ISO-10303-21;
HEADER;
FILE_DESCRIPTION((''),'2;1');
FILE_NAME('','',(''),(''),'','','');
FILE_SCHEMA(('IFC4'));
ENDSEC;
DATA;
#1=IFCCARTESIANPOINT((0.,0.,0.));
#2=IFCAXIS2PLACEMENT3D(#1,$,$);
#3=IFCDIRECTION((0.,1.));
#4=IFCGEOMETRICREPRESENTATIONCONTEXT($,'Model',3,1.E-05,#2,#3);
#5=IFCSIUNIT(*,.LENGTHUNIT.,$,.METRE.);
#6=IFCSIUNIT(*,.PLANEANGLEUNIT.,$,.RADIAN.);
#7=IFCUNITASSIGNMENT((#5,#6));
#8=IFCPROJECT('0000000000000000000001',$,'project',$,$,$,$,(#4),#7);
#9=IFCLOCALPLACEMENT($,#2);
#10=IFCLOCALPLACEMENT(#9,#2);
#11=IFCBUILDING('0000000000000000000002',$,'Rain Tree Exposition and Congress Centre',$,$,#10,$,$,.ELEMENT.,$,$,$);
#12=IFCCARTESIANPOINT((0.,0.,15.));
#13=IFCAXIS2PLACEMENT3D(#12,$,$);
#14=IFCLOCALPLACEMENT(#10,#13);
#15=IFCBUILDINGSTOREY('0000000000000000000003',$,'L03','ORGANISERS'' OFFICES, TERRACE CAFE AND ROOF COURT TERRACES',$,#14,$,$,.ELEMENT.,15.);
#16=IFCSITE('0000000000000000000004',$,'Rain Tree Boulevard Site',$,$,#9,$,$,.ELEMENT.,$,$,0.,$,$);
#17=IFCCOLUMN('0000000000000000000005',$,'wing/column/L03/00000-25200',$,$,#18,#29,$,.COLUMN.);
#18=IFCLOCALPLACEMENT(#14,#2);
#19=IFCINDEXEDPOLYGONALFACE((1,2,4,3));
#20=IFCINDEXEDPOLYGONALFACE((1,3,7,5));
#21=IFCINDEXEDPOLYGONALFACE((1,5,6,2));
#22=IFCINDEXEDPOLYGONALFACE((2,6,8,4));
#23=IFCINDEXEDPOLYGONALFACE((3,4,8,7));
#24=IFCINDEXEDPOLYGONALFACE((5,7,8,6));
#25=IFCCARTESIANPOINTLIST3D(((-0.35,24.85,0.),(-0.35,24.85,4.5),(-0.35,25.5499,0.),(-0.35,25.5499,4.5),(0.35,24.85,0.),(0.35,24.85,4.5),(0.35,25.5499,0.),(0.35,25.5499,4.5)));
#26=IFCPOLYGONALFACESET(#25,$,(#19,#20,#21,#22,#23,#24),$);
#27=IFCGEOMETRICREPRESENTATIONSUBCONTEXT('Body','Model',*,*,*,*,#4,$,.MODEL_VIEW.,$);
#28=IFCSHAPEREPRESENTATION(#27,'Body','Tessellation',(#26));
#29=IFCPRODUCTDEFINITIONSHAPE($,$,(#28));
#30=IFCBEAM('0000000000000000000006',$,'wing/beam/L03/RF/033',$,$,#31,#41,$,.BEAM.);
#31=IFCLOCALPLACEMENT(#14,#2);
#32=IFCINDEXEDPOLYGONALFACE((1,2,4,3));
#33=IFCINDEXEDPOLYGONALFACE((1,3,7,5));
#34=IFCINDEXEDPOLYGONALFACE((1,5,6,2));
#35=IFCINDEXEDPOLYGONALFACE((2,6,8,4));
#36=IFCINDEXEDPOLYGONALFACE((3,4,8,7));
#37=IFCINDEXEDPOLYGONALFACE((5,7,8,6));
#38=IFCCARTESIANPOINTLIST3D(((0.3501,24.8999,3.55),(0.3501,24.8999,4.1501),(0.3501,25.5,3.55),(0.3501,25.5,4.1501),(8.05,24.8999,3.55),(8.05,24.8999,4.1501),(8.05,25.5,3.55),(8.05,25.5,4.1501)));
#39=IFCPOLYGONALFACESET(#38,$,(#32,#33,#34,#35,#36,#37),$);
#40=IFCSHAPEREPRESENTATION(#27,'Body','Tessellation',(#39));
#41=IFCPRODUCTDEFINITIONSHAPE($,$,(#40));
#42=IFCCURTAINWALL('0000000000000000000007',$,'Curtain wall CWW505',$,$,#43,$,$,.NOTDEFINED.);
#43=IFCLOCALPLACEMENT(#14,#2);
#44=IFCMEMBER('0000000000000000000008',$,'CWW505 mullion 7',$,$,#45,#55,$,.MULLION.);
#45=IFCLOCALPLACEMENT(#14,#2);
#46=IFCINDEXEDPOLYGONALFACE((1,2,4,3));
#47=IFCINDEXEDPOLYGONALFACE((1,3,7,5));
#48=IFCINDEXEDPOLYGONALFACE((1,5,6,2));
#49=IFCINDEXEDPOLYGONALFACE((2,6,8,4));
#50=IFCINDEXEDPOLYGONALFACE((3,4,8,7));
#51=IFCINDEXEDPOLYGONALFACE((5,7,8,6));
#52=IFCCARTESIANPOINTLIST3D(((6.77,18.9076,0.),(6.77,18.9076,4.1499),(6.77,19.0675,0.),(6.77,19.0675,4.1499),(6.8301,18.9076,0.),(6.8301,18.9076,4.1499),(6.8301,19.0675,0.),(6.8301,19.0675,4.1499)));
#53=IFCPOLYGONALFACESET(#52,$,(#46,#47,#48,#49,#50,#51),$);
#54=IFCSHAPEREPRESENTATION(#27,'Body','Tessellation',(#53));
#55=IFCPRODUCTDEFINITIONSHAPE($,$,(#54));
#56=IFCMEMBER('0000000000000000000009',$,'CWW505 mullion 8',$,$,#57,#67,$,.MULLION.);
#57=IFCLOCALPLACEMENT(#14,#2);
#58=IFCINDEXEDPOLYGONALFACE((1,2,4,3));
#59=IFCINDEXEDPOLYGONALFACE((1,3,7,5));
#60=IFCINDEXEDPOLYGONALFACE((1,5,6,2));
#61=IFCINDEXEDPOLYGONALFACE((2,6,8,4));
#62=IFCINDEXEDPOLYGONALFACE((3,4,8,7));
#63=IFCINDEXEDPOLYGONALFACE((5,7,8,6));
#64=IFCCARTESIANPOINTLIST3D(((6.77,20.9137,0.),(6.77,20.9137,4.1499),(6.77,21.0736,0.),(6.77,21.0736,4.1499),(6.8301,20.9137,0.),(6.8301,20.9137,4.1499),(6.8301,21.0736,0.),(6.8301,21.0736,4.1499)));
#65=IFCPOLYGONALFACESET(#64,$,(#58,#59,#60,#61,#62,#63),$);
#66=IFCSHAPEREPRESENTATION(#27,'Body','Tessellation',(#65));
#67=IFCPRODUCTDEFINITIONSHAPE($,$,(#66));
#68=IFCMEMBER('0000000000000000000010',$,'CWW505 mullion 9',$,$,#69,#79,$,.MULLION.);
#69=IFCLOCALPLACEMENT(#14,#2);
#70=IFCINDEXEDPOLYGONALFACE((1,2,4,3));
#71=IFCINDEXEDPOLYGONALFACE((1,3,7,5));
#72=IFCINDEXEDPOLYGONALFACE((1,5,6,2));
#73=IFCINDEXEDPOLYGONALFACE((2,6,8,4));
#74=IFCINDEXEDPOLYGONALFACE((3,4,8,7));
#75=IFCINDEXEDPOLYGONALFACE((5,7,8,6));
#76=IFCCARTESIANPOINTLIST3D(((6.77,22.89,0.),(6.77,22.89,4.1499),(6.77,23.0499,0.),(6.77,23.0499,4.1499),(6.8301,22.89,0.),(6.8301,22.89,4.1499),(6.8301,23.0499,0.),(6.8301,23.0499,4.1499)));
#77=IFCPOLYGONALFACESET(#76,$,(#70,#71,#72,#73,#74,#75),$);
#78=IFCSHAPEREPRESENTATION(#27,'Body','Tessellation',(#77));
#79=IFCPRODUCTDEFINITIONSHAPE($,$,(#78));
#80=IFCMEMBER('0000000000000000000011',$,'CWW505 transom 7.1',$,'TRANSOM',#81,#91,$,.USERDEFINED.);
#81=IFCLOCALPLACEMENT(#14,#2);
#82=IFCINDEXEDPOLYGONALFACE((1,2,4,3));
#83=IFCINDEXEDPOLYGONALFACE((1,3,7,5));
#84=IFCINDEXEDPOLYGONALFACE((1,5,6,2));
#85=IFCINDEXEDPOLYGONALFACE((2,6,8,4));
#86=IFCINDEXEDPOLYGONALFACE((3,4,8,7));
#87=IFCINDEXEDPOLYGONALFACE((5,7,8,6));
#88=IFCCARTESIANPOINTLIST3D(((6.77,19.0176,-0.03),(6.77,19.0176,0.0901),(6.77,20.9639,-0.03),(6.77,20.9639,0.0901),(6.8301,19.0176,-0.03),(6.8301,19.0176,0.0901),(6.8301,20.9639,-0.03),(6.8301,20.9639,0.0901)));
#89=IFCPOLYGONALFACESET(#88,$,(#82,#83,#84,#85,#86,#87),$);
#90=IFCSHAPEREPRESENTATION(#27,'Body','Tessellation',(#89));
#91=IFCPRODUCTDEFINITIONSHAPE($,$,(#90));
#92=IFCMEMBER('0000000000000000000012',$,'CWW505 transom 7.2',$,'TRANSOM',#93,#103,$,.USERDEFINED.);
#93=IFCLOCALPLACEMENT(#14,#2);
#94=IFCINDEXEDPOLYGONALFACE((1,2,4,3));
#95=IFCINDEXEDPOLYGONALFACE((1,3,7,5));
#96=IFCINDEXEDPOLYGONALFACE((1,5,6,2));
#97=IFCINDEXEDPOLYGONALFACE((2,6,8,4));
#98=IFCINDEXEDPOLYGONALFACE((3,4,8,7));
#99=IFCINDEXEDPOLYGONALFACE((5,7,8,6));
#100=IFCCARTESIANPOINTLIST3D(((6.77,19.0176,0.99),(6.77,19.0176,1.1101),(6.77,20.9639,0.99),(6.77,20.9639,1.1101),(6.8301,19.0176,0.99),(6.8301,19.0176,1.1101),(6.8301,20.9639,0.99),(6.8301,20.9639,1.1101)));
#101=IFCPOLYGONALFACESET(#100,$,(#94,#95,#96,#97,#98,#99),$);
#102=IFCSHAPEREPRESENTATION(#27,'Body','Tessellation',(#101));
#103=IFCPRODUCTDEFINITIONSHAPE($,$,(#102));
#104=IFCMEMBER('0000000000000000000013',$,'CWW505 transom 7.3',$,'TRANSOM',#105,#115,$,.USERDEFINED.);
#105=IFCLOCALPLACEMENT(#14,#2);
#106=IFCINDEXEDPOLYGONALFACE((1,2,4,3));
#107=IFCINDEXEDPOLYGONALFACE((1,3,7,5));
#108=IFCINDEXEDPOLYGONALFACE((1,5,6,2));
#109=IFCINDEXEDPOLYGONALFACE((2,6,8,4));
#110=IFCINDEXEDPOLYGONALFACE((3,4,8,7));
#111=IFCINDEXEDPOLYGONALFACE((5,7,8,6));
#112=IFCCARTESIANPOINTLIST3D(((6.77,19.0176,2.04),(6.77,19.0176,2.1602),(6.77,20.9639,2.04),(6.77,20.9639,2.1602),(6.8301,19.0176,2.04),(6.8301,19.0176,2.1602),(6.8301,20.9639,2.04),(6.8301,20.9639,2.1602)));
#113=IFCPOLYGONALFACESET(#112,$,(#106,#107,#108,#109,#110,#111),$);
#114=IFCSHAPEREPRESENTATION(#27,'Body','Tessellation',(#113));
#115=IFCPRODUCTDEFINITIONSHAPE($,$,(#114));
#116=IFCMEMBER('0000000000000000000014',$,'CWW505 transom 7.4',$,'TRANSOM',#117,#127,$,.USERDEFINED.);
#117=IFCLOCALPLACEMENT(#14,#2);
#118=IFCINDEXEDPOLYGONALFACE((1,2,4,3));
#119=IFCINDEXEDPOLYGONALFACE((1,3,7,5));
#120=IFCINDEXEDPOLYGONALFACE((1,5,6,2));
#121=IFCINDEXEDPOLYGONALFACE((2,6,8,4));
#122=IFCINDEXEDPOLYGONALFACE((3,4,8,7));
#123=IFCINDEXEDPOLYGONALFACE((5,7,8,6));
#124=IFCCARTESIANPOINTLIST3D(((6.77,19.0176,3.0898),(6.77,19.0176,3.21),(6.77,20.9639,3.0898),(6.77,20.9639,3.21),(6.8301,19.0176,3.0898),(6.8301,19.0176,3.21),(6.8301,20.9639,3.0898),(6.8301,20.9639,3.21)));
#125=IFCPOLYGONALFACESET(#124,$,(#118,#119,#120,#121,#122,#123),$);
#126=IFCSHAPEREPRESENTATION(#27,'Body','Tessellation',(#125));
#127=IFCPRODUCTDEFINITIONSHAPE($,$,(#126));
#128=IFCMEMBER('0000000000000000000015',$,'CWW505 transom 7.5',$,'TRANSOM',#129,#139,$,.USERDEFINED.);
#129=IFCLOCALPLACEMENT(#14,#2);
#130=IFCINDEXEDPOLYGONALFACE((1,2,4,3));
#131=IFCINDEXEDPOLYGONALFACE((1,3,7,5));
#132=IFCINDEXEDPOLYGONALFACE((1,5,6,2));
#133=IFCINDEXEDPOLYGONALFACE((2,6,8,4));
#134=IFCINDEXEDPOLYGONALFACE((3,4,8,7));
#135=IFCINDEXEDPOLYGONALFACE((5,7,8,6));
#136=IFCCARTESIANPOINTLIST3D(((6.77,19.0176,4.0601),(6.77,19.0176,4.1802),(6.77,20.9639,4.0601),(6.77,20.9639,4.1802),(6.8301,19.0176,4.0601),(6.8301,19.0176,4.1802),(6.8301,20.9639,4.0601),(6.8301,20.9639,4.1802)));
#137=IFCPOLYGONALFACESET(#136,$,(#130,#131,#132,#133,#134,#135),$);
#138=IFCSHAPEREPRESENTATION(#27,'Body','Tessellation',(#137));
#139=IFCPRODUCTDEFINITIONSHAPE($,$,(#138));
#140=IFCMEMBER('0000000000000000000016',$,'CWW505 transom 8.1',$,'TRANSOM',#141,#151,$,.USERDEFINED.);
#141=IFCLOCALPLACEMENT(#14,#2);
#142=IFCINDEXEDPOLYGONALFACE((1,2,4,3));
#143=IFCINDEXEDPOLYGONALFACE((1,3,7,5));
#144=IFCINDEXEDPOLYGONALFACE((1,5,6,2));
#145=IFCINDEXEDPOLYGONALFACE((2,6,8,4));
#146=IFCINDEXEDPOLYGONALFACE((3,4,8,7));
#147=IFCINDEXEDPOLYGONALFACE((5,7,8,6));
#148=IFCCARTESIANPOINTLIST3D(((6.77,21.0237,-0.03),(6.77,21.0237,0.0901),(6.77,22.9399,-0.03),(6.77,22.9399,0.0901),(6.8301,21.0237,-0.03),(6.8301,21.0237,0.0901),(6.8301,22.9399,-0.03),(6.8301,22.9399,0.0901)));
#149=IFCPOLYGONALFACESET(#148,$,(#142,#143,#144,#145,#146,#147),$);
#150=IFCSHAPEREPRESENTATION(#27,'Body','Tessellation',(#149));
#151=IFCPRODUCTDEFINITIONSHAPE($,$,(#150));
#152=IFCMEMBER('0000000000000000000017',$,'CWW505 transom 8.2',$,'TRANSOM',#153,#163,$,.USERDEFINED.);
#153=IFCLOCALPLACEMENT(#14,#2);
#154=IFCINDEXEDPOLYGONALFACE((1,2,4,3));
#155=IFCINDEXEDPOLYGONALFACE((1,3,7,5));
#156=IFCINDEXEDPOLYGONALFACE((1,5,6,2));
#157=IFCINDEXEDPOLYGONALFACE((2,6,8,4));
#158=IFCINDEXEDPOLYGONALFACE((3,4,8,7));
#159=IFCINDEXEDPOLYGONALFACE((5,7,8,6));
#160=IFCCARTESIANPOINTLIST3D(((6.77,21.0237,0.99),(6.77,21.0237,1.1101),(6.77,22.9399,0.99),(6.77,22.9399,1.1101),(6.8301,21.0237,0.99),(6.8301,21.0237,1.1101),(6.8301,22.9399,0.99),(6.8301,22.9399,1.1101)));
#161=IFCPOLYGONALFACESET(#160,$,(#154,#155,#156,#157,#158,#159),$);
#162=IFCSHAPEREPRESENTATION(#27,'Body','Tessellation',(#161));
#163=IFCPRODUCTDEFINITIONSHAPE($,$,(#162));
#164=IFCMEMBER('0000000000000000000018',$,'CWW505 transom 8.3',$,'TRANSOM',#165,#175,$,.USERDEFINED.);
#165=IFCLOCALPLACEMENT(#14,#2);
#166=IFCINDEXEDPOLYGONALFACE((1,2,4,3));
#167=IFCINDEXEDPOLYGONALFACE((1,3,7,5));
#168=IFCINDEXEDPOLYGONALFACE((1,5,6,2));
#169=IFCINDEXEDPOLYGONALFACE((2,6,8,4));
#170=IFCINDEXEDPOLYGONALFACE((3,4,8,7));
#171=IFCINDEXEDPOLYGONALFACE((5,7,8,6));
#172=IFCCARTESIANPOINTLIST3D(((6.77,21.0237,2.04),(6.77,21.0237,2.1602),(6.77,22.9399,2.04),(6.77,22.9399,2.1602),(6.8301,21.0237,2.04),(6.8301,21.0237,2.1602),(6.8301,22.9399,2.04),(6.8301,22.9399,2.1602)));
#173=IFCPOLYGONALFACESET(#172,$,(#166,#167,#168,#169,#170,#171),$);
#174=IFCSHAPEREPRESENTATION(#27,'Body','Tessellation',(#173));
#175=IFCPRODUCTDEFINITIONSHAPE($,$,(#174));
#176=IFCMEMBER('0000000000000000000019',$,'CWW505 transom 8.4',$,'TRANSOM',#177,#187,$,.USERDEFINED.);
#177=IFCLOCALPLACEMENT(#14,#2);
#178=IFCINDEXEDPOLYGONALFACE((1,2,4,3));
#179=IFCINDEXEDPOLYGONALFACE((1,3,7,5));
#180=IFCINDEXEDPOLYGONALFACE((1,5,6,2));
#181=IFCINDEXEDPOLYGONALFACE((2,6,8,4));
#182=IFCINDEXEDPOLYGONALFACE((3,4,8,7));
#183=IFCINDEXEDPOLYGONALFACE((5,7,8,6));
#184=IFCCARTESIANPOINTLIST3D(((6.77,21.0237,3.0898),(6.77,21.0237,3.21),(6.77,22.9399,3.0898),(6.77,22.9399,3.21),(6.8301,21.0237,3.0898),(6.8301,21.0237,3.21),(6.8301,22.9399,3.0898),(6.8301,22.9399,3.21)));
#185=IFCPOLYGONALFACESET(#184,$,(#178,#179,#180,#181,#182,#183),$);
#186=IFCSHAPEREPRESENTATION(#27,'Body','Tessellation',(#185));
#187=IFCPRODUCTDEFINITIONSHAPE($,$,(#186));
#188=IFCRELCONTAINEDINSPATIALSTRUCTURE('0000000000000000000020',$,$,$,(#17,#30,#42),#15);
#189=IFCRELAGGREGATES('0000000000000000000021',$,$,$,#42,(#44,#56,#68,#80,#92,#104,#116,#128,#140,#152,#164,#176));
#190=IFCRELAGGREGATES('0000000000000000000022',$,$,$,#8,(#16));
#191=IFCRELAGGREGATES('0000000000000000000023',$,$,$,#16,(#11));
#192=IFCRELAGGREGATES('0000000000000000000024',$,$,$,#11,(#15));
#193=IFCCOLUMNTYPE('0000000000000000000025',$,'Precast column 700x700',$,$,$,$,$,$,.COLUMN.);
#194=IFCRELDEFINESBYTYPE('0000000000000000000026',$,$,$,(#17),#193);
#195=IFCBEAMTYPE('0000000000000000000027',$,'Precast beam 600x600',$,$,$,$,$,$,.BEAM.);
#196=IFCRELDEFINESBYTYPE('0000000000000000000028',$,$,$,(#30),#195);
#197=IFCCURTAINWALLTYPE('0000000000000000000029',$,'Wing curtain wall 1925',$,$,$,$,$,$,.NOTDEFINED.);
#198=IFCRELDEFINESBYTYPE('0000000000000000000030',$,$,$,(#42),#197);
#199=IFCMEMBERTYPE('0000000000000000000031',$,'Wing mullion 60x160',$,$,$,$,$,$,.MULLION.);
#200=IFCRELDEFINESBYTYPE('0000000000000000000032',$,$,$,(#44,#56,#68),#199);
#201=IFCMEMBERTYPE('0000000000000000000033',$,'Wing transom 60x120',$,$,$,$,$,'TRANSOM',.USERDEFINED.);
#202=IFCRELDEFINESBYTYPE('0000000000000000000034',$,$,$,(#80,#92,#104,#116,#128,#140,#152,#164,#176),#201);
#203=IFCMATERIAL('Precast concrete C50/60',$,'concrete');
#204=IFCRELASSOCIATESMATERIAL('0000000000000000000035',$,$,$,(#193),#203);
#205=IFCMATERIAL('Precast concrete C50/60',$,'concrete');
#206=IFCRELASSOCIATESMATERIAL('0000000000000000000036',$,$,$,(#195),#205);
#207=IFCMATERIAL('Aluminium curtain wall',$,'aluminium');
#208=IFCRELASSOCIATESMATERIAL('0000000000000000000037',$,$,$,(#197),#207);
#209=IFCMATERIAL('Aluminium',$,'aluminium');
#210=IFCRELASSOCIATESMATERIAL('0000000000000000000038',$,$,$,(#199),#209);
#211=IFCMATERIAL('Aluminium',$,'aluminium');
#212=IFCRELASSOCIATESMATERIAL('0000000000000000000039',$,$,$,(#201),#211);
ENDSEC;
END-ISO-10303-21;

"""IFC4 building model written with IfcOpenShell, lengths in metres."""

from ifc_helpers import new_model, si_unit, direction, frame, origin, origin_2d, place, context, subcontext, project, spatial, rectangle, extrude, material, material_profile, profile_set, type_object, element, aggregate, save


model = new_model("IFC4")

# Units and contexts
model_context = context("Model", 3, precision=1e-05, world=origin(), true_north=direction((0.0, 1.0)))
body_context = subcontext(model_context, "Body", "Model", "MODEL_VIEW")
ifc_project = project(units=[si_unit("LENGTHUNIT", "METRE"), si_unit("PLANEANGLEUNIT", "RADIAN")], contexts=[model_context])

# Site, building, storey
site_placement = place(None, origin())
site = spatial("IfcSite", under=ifc_project, at=site_placement, Name="Rain Tree Boulevard Site", CompositionType="ELEMENT", RefElevation=0.0)
building_placement = place(site_placement, origin())
building = spatial("IfcBuilding", under=site, at=building_placement, Name="Rain Tree Exposition and Congress Centre", CompositionType="ELEMENT")
storey_placement = place(building_placement, frame((0.0, 0.0, 15.0)))
storey = spatial("IfcBuildingStorey", under=building, at=storey_placement, Name="L03", Description="ORGANISERS' OFFICES, TERRACE CAFE AND ROOF COURT TERRACES", CompositionType="ELEMENT", Elevation=15.0)

# Column
ifc_material_1 = material(Name="Precast concrete C50/60", Category="concrete")
ifc_material_profile_1 = material_profile(ifc_material_1, rectangle(XDim=0.7, YDim=0.7, at=origin_2d()), Name="RC 700x700")
ifc_profile_set_1 = profile_set([ifc_material_profile_1], Name="Precast concrete C50/60")
column_type = type_object("IfcColumnType", Name="Precast column 700x700", PredefinedType="COLUMN", material=ifc_profile_set_1)
column_placement = place(storey_placement, frame((0.0, 25.2, 0.0), z_axis=(0.0, 0.0, 1.0), x_axis=(1.0, 0.0, 0.0)))
element("IfcColumn", 1, at=column_placement, inside=storey, type_object=column_type, Name="wing/column/L03/00000-25200", PredefinedType="COLUMN", context=body_context, shape_type="SweptSolid", body=[
    extrude(rectangle(XDim=0.7, YDim=0.7, at=origin_2d()), origin(), (0.0, 0.0, 1.0), 4.5),
])

# Beam
ifc_material_2 = material(Name="Precast concrete C50/60", Category="concrete")
ifc_material_profile_2 = material_profile(ifc_material_2, rectangle(XDim=0.6001, YDim=0.6001, at=origin_2d()), Name="RC 600x600")
ifc_profile_set_2 = profile_set([ifc_material_profile_2], Name="Precast concrete C50/60")
beam_type = type_object("IfcBeamType", Name="Precast beam 600x600", PredefinedType="BEAM", material=ifc_profile_set_2)
beam_placement = place(storey_placement, frame((0.3501, 25.2, 3.8501), z_axis=(1.0, 0.0, 0.0), x_axis=(0.0, 1.0, 0.0)))
element("IfcBeam", 2, at=beam_placement, inside=storey, type_object=beam_type, Name="wing/beam/L03/RF/033", PredefinedType="BEAM", context=body_context, shape_type="SweptSolid", body=[
    extrude(rectangle(XDim=0.6001, YDim=0.6001, at=origin_2d()), origin(), (0.0, 0.0, 1.0), 7.7),
])

# Curtain wall, members
ifc_material_3 = material(Name="Aluminium curtain wall", Category="aluminium")
curtain_wall_type = type_object("IfcCurtainWallType", Name="Wing curtain wall 1925", PredefinedType="NOTDEFINED", material=ifc_material_3)
curtain_wall_placement = place(storey_placement, origin())
curtain_wall = element("IfcCurtainWall", 3, at=curtain_wall_placement, inside=storey, type_object=curtain_wall_type, Name="Curtain wall CWW505", PredefinedType="NOTDEFINED")
ifc_material_4 = material(Name="Aluminium", Category="aluminium")
ifc_material_profile_3 = material_profile(ifc_material_4, rectangle(XDim=0.0601, YDim=0.1599, at=origin_2d()), Name="Aluminium 60x160")
ifc_profile_set_3 = profile_set([ifc_material_profile_3], Name="Aluminium")
member_type_1 = type_object("IfcMemberType", Name="Wing mullion 60x160", PredefinedType="MULLION", material=ifc_profile_set_3)
member_1_placement = place(storey_placement, frame((6.8, 18.9875, 0.0), z_axis=(0.0, 0.0, 1.0), x_axis=(-1.0, 0.0, 0.0)))
member_1 = element("IfcMember", 4, at=member_1_placement, type_object=member_type_1, Name="CWW505 mullion 7", PredefinedType="MULLION", context=body_context, shape_type="SweptSolid", body=[
    extrude(rectangle(XDim=0.0601, YDim=0.1599, at=origin_2d()), origin(), (0.0, 0.0, 1.0), 4.1499),
])
member_2_placement = place(storey_placement, frame((6.8, 20.9937, 0.0), z_axis=(0.0, 0.0, 1.0), x_axis=(-1.0, 0.0, 0.0)))
member_2 = element("IfcMember", 5, at=member_2_placement, type_object=member_type_1, Name="CWW505 mullion 8", PredefinedType="MULLION", context=body_context, shape_type="SweptSolid", body=[
    extrude(rectangle(XDim=0.0601, YDim=0.1599, at=origin_2d()), origin(), (0.0, 0.0, 1.0), 4.1499),
])
member_3_placement = place(storey_placement, frame((6.8, 22.97, 0.0), z_axis=(0.0, 0.0, 1.0), x_axis=(-1.0, 0.0, 0.0)))
member_3 = element("IfcMember", 6, at=member_3_placement, type_object=member_type_1, Name="CWW505 mullion 9", PredefinedType="MULLION", context=body_context, shape_type="SweptSolid", body=[
    extrude(rectangle(XDim=0.0601, YDim=0.1599, at=origin_2d()), origin(), (0.0, 0.0, 1.0), 4.1499),
])
ifc_material_5 = material(Name="Aluminium", Category="aluminium")
ifc_material_profile_4 = material_profile(ifc_material_5, rectangle(XDim=0.0601, YDim=0.1201, at=origin_2d()), Name="Aluminium 60x120")
ifc_profile_set_4 = profile_set([ifc_material_profile_4], Name="Aluminium")
member_type_2 = type_object("IfcMemberType", Name="Wing transom 60x120", ElementType="TRANSOM", PredefinedType="USERDEFINED", material=ifc_profile_set_4)
member_4_placement = place(storey_placement, frame((6.8, 19.0176, 0.03), z_axis=(0.0, 1.0, 0.0), x_axis=(-1.0, 0.0, 0.0)))
member_4 = element("IfcMember", 7, at=member_4_placement, type_object=member_type_2, Name="CWW505 transom 7.1", ObjectType="TRANSOM", PredefinedType="USERDEFINED", context=body_context, shape_type="SweptSolid", body=[
    extrude(rectangle(XDim=0.0601, YDim=0.1201, at=origin_2d()), origin(), (0.0, 0.0, 1.0), 1.9463),
])
member_5_placement = place(storey_placement, frame((6.8, 19.0176, 1.05), z_axis=(0.0, 1.0, 0.0), x_axis=(-1.0, 0.0, 0.0)))
member_5 = element("IfcMember", 8, at=member_5_placement, type_object=member_type_2, Name="CWW505 transom 7.2", ObjectType="TRANSOM", PredefinedType="USERDEFINED", context=body_context, shape_type="SweptSolid", body=[
    extrude(rectangle(XDim=0.0601, YDim=0.1201, at=origin_2d()), origin(), (0.0, 0.0, 1.0), 1.9463),
])
member_6_placement = place(storey_placement, frame((6.8, 19.0176, 2.1001), z_axis=(0.0, 1.0, 0.0), x_axis=(-1.0, 0.0, 0.0)))
member_6 = element("IfcMember", 9, at=member_6_placement, type_object=member_type_2, Name="CWW505 transom 7.3", ObjectType="TRANSOM", PredefinedType="USERDEFINED", context=body_context, shape_type="SweptSolid", body=[
    extrude(rectangle(XDim=0.0601, YDim=0.1201, at=origin_2d()), origin(), (0.0, 0.0, 1.0), 1.9463),
])
member_7_placement = place(storey_placement, frame((6.8, 19.0176, 3.1499), z_axis=(0.0, 1.0, 0.0), x_axis=(-1.0, 0.0, 0.0)))
member_7 = element("IfcMember", 10, at=member_7_placement, type_object=member_type_2, Name="CWW505 transom 7.4", ObjectType="TRANSOM", PredefinedType="USERDEFINED", context=body_context, shape_type="SweptSolid", body=[
    extrude(rectangle(XDim=0.0601, YDim=0.1201, at=origin_2d()), origin(), (0.0, 0.0, 1.0), 1.9463),
])
member_8_placement = place(storey_placement, frame((6.8, 19.0176, 4.1201), z_axis=(0.0, 1.0, 0.0), x_axis=(-1.0, 0.0, 0.0)))
member_8 = element("IfcMember", 11, at=member_8_placement, type_object=member_type_2, Name="CWW505 transom 7.5", ObjectType="TRANSOM", PredefinedType="USERDEFINED", context=body_context, shape_type="SweptSolid", body=[
    extrude(rectangle(XDim=0.0601, YDim=0.1201, at=origin_2d()), origin(), (0.0, 0.0, 1.0), 1.9463),
])
member_9_placement = place(storey_placement, frame((6.8, 21.0237, 0.03), z_axis=(0.0, 1.0, 0.0), x_axis=(-1.0, 0.0, 0.0)))
member_9 = element("IfcMember", 12, at=member_9_placement, type_object=member_type_2, Name="CWW505 transom 8.1", ObjectType="TRANSOM", PredefinedType="USERDEFINED", context=body_context, shape_type="SweptSolid", body=[
    extrude(rectangle(XDim=0.0601, YDim=0.1201, at=origin_2d()), origin(), (0.0, 0.0, 1.0), 1.9163),
])
member_10_placement = place(storey_placement, frame((6.8, 21.0237, 1.05), z_axis=(0.0, 1.0, 0.0), x_axis=(-1.0, 0.0, 0.0)))
member_10 = element("IfcMember", 13, at=member_10_placement, type_object=member_type_2, Name="CWW505 transom 8.2", ObjectType="TRANSOM", PredefinedType="USERDEFINED", context=body_context, shape_type="SweptSolid", body=[
    extrude(rectangle(XDim=0.0601, YDim=0.1201, at=origin_2d()), origin(), (0.0, 0.0, 1.0), 1.9163),
])
member_11_placement = place(storey_placement, frame((6.8, 21.0237, 2.1001), z_axis=(0.0, 1.0, 0.0), x_axis=(-1.0, 0.0, 0.0)))
member_11 = element("IfcMember", 14, at=member_11_placement, type_object=member_type_2, Name="CWW505 transom 8.3", ObjectType="TRANSOM", PredefinedType="USERDEFINED", context=body_context, shape_type="SweptSolid", body=[
    extrude(rectangle(XDim=0.0601, YDim=0.1201, at=origin_2d()), origin(), (0.0, 0.0, 1.0), 1.9163),
])
member_12_placement = place(storey_placement, frame((6.8, 21.0237, 3.1499), z_axis=(0.0, 1.0, 0.0), x_axis=(-1.0, 0.0, 0.0)))
member_12 = element("IfcMember", 15, at=member_12_placement, type_object=member_type_2, Name="CWW505 transom 8.4", ObjectType="TRANSOM", PredefinedType="USERDEFINED", context=body_context, shape_type="SweptSolid", body=[
    extrude(rectangle(XDim=0.0601, YDim=0.1201, at=origin_2d()), origin(), (0.0, 0.0, 1.0), 1.9163),
])
aggregate(curtain_wall, [member_1, member_2, member_3, member_4, member_5, member_6, member_7, member_8, member_9, member_10, member_11, member_12])

save(model, "model.ifc")
